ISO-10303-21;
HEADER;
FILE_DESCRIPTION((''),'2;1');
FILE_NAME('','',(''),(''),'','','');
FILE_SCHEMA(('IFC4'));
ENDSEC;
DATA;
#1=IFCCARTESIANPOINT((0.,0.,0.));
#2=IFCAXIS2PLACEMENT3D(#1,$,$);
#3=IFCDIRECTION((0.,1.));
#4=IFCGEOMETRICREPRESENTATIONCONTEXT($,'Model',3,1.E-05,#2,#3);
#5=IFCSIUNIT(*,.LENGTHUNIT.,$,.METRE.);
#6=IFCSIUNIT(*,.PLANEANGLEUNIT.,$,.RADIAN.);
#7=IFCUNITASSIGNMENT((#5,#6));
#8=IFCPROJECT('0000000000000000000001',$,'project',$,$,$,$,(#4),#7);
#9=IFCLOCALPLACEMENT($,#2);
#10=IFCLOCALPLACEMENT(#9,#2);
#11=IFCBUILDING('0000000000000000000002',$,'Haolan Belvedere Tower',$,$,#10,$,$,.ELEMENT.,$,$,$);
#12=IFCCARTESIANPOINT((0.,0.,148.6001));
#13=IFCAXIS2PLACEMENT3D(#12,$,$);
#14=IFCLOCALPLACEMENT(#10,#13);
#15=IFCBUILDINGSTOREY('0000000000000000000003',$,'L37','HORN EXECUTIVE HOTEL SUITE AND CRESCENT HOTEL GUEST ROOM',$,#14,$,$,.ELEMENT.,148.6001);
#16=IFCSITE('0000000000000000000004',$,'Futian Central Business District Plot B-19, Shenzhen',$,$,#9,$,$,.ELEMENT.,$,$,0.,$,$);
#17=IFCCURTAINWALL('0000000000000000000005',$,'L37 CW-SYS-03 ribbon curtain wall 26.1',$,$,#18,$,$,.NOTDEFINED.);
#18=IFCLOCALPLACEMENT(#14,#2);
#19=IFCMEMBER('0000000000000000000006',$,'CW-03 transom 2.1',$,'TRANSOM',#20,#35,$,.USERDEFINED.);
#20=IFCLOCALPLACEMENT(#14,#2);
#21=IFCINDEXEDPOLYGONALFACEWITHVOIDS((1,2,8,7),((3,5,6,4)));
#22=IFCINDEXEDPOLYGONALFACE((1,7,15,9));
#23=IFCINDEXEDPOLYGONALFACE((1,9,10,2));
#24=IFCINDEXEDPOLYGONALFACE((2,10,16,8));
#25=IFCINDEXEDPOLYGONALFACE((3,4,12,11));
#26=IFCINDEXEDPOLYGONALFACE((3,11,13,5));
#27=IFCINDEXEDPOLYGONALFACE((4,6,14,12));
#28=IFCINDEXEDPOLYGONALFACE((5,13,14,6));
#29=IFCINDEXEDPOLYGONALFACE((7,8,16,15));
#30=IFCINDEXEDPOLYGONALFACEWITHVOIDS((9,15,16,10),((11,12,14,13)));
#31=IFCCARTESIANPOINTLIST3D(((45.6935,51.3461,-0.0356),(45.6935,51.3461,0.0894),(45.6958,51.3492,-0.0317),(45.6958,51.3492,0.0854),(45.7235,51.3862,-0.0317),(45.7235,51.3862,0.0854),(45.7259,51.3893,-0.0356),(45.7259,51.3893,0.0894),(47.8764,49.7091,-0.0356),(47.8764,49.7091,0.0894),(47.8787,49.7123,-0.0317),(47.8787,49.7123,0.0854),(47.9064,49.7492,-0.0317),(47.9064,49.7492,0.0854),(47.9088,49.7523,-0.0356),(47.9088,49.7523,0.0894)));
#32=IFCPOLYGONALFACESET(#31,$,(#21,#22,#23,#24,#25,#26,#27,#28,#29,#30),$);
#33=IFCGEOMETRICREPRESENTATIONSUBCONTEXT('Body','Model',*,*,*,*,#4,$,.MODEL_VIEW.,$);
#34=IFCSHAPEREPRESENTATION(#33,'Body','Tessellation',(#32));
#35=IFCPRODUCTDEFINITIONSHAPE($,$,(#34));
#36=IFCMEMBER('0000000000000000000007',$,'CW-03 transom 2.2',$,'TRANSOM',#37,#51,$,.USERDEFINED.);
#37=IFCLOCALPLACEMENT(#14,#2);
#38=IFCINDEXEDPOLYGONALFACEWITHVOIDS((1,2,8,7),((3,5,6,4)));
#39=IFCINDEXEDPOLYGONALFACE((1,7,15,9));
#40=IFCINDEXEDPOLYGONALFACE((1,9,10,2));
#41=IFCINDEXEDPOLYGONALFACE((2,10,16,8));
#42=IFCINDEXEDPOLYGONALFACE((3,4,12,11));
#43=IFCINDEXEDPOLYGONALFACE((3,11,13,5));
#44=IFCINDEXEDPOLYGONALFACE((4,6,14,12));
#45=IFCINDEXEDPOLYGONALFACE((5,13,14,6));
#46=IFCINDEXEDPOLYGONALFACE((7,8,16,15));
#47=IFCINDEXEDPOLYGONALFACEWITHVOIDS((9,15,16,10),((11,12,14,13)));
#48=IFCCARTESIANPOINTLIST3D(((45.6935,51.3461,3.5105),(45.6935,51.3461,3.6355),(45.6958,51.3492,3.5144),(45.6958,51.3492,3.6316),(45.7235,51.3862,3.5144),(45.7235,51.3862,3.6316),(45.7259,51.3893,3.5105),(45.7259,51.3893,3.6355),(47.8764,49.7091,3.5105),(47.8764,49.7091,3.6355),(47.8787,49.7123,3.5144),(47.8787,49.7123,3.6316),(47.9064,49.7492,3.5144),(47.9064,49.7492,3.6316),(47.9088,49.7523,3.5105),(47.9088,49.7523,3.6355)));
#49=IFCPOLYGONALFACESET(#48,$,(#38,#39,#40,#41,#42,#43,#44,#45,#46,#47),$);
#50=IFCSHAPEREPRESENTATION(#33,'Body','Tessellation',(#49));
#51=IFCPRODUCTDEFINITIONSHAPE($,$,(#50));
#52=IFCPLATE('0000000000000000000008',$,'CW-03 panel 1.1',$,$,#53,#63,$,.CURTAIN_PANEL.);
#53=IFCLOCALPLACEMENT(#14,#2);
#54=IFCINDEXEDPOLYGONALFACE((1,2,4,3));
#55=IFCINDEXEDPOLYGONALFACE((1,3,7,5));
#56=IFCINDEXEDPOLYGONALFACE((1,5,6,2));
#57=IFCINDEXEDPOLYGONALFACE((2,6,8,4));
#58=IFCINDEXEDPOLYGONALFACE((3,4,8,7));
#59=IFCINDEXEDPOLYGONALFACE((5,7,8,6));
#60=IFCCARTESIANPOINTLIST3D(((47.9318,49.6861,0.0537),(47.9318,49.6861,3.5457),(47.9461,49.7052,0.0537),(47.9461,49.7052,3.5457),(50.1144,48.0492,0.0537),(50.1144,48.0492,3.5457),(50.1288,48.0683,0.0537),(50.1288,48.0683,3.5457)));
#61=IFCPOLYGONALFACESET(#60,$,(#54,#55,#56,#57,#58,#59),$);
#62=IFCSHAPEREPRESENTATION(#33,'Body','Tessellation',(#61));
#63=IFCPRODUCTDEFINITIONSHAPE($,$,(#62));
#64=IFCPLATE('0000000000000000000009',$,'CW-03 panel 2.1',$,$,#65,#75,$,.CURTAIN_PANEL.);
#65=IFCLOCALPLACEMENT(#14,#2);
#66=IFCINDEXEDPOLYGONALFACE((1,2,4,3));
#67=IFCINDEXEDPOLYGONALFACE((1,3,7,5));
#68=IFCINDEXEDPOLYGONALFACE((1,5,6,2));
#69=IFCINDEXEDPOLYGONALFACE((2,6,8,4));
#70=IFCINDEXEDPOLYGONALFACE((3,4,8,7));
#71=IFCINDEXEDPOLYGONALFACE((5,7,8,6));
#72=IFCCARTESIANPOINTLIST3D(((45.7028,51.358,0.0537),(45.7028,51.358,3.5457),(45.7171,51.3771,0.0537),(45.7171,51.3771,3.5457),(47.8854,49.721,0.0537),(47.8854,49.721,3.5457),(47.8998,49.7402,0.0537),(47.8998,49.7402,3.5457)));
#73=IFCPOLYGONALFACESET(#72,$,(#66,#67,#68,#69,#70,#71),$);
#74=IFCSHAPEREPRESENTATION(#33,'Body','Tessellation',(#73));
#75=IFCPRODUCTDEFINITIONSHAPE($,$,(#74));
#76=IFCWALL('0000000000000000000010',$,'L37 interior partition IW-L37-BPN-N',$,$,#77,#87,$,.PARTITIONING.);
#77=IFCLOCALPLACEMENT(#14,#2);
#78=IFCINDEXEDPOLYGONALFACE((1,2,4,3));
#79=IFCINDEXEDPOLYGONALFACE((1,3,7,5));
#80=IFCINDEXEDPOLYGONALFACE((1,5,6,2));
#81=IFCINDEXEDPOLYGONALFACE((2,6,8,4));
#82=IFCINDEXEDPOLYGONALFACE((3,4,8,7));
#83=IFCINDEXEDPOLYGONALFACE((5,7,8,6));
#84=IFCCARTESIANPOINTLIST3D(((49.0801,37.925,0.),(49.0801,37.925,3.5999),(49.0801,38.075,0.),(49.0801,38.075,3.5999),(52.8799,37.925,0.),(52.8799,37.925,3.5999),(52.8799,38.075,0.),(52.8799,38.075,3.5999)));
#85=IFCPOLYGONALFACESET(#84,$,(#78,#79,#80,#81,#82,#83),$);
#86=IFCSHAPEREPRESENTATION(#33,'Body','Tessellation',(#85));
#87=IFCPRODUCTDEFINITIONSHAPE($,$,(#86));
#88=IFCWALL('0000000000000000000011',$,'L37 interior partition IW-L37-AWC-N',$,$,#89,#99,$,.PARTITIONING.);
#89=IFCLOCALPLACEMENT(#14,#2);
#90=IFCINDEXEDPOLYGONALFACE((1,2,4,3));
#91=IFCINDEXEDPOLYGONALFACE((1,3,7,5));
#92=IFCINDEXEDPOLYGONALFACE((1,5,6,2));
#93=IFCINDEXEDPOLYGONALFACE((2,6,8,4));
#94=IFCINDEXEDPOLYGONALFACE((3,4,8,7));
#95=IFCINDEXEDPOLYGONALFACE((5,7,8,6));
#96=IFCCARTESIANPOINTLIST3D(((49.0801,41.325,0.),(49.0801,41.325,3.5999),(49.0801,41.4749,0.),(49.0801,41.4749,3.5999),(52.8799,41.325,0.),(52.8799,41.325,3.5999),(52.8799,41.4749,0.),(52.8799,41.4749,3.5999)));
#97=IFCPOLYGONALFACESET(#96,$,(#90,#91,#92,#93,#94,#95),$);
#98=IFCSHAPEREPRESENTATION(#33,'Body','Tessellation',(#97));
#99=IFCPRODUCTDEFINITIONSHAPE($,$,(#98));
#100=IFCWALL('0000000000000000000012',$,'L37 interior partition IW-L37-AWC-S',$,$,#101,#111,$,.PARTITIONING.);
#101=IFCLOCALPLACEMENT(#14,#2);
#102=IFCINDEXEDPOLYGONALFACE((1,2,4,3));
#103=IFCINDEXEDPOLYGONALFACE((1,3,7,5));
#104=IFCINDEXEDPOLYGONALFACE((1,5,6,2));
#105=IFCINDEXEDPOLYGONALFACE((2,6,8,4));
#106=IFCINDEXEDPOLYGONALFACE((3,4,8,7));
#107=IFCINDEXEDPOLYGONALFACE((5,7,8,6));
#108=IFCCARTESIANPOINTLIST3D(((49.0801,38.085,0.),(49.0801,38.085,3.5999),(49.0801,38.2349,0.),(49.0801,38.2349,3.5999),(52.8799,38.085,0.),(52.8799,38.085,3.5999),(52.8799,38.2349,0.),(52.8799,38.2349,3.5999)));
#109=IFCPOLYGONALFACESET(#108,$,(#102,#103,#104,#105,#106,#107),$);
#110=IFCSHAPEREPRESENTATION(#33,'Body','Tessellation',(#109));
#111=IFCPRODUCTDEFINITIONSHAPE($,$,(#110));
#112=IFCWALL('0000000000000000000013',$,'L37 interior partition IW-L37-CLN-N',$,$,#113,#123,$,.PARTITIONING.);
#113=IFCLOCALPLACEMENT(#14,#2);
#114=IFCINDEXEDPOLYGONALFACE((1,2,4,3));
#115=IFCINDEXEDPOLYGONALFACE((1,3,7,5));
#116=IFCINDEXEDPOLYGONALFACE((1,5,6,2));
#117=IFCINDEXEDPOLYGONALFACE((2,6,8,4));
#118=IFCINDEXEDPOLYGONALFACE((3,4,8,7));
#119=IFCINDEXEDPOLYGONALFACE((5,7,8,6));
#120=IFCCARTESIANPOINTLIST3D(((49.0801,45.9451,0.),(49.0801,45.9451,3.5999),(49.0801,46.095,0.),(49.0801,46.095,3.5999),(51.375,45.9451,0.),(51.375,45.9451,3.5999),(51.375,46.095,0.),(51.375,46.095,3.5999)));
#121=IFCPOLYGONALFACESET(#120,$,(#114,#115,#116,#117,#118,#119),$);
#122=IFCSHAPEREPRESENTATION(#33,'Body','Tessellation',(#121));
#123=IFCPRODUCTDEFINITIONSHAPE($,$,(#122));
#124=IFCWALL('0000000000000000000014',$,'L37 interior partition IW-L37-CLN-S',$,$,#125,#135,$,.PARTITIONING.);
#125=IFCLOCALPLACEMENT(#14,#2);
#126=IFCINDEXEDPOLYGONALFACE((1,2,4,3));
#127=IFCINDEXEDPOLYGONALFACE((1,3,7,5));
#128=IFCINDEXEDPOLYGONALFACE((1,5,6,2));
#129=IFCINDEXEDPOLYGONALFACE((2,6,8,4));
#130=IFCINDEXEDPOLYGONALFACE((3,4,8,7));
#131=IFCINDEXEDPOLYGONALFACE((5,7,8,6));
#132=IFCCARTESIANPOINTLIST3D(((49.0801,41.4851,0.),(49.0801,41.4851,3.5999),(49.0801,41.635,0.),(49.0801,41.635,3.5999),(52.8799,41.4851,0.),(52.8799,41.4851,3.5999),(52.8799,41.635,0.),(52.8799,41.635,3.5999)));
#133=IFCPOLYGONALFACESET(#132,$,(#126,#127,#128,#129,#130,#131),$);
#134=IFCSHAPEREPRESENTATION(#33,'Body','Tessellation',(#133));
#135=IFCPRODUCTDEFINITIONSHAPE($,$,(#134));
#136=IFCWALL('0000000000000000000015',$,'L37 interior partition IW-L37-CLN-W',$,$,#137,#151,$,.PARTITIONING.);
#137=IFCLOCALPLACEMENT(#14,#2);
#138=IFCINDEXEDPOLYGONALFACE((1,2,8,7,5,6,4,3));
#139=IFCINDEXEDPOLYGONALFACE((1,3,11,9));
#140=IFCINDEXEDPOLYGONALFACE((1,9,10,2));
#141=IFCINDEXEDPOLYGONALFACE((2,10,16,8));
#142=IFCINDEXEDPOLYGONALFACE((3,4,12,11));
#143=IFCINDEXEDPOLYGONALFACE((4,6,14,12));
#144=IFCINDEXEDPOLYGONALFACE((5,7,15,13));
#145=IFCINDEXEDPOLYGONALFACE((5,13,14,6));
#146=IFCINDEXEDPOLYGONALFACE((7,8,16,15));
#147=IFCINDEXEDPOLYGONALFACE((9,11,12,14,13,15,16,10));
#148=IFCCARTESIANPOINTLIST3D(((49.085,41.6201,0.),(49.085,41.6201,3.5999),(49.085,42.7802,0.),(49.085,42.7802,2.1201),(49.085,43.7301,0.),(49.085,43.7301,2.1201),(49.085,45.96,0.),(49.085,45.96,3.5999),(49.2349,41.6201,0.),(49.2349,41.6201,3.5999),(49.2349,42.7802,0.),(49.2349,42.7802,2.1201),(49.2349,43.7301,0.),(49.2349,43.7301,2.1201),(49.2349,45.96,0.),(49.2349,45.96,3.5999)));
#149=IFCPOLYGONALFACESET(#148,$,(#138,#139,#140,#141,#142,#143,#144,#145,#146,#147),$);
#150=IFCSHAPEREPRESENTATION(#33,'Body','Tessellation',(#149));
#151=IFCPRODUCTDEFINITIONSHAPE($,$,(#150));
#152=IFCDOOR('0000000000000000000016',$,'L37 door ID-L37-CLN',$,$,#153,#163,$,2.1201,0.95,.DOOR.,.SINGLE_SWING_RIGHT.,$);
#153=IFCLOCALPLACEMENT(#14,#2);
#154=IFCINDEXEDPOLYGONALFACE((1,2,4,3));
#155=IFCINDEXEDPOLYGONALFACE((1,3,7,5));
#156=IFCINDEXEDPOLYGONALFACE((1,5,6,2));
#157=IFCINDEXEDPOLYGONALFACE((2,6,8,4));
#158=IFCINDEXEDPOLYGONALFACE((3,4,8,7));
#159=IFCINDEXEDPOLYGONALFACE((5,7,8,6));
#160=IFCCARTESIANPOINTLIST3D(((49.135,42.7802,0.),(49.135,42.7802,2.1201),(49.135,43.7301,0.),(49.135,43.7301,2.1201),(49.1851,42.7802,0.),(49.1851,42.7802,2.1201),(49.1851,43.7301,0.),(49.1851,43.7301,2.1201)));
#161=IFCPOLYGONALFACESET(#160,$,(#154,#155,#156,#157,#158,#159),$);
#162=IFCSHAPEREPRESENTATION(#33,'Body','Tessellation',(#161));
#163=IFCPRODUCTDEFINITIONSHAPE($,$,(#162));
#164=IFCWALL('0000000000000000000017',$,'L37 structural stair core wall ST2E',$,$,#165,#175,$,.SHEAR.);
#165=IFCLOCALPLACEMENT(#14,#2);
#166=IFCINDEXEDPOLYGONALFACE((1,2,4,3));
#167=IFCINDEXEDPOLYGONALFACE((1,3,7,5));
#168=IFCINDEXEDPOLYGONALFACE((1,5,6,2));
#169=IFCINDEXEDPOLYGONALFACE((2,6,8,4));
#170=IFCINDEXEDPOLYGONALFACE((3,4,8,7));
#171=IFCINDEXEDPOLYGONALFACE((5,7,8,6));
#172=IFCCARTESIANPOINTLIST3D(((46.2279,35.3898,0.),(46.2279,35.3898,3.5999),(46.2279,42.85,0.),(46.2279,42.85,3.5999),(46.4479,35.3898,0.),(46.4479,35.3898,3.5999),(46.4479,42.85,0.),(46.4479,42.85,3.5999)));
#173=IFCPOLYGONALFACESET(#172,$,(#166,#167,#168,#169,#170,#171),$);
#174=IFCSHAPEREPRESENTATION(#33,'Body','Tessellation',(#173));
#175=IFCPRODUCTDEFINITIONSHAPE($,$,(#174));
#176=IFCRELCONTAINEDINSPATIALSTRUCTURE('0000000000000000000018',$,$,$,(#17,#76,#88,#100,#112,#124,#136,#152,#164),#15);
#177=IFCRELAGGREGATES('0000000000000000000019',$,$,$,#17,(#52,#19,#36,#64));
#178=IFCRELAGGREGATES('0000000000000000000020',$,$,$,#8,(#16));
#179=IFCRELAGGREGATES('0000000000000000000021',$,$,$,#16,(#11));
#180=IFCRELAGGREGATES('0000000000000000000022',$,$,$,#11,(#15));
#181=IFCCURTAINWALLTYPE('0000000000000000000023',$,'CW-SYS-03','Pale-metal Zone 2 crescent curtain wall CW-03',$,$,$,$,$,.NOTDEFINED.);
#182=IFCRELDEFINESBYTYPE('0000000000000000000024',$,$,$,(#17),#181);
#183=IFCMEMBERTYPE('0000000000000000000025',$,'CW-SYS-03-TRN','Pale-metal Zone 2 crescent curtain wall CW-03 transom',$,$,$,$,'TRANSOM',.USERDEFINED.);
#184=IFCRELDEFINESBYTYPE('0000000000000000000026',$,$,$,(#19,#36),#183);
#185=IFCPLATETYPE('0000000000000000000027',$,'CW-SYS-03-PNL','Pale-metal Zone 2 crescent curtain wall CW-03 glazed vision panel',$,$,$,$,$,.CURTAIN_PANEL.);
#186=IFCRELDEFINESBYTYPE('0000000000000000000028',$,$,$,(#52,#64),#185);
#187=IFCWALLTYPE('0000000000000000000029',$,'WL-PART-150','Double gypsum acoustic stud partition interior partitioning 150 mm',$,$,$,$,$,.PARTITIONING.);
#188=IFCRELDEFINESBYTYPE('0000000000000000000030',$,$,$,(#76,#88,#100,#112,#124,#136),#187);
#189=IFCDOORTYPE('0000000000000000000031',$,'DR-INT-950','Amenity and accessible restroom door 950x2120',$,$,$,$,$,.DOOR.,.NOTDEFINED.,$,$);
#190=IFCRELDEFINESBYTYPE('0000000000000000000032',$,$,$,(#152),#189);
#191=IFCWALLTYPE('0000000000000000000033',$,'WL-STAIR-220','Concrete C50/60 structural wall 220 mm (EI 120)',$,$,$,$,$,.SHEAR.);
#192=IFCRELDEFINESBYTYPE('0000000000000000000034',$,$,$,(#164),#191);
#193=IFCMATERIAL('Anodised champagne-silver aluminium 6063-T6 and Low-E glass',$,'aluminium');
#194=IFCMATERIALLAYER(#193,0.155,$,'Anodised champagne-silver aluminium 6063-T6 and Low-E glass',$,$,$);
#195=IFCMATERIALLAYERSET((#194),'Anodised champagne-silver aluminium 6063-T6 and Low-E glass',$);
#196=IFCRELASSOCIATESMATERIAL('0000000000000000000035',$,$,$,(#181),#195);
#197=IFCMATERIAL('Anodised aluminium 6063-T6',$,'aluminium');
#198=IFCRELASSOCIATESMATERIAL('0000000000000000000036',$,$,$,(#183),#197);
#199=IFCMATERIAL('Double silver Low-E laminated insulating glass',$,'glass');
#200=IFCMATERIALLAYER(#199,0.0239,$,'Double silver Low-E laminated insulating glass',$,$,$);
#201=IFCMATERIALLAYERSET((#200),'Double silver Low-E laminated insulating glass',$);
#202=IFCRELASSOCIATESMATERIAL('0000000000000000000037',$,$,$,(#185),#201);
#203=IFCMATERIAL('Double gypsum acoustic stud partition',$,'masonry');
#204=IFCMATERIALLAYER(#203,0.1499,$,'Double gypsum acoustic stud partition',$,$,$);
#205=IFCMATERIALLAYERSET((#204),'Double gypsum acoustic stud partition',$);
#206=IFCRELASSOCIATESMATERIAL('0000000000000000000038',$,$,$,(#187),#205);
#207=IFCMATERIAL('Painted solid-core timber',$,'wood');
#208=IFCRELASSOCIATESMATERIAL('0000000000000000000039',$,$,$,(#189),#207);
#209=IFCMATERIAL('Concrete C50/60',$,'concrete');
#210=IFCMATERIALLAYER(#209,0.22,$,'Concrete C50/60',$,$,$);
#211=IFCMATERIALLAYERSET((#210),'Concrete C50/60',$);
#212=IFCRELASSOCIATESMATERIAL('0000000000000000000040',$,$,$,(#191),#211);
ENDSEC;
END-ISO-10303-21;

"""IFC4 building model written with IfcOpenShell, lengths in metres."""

from ifc_helpers import new_model, si_unit, direction, frame, frame_2d, origin, origin_2d, place, context, subcontext, project, spatial, rectangle, hollow_rectangle, extrude, material, layer, layer_set, material_profile, profile_set, type_object, element, fill, aggregate, save


model = new_model("IFC4")

# Units and contexts
model_context = context("Model", 3, precision=1e-05, world=origin(), true_north=direction((0.0, 1.0)))
body_context = subcontext(model_context, "Body", "Model", "MODEL_VIEW")
ifc_project = project(units=[si_unit("LENGTHUNIT", "METRE"), si_unit("PLANEANGLEUNIT", "RADIAN")], contexts=[model_context])

# Site, building, storey
site_placement = place(None, origin())
site = spatial("IfcSite", under=ifc_project, at=site_placement, Name="Futian Central Business District Plot B-19, Shenzhen", CompositionType="ELEMENT", RefElevation=0.0)
building_placement = place(site_placement, origin())
building = spatial("IfcBuilding", under=site, at=building_placement, Name="Haolan Belvedere Tower", CompositionType="ELEMENT")
storey_placement = place(building_placement, frame((0.0, 0.0, 148.6001)))
storey = spatial("IfcBuildingStorey", under=building, at=storey_placement, Name="L37", Description="HORN EXECUTIVE HOTEL SUITE AND CRESCENT HOTEL GUEST ROOM", CompositionType="ELEMENT", Elevation=148.6001)

# Curtain wall, members, plates
ifc_material_1 = material(Name="Anodised champagne-silver aluminium 6063-T6 and Low-E glass", Category="aluminium")
ifc_layer_1 = layer(ifc_material_1, 0.155, Name="Anodised champagne-silver aluminium 6063-T6 and Low-E glass")
ifc_layer_set_1 = layer_set([ifc_layer_1], Name="Anodised champagne-silver aluminium 6063-T6 and Low-E glass")
curtain_wall_type = type_object("IfcCurtainWallType", Name="CW-SYS-03", Description="Pale-metal Zone 2 crescent curtain wall CW-03", PredefinedType="NOTDEFINED", material=ifc_layer_set_1)
curtain_wall_placement = place(storey_placement, origin())
curtain_wall = element("IfcCurtainWall", 1, at=curtain_wall_placement, inside=storey, type_object=curtain_wall_type, Name="L37 CW-SYS-03 ribbon curtain wall 26.1", PredefinedType="NOTDEFINED")
ifc_material_2 = material(Name="Anodised aluminium 6063-T6", Category="aluminium")
ifc_material_profile_1 = material_profile(ifc_material_2, hollow_rectangle(XDim=0.054, YDim=0.125, WallThickness=0.0039, at=origin_2d()), Name="Anodised aluminium 6063-T6")
ifc_profile_set_1 = profile_set([ifc_material_profile_1], Name="Anodised aluminium 6063-T6")
member_type_1 = type_object("IfcMemberType", Name="CW-SYS-03-TRN", Description="Pale-metal Zone 2 crescent curtain wall CW-03 transom", ElementType="TRANSOM", PredefinedType="USERDEFINED", material=ifc_profile_set_1)
member_1_placement = place(storey_placement, frame((47.8926, 49.7307, 0.0269), z_axis=(-0.800032, 0.599957, 0.0), x_axis=(-0.599957, -0.800032, 0.0)))
member_1 = element("IfcMember", 2, at=member_1_placement, type_object=member_type_1, Name="CW-03 transom 2.1", ObjectType="TRANSOM", PredefinedType="USERDEFINED", context=body_context, shape_type="SweptSolid", body=[
    extrude(hollow_rectangle(XDim=0.054, YDim=0.125, WallThickness=0.0039, at=origin_2d()), origin(), (0.0, 0.0, 1.0), 2.7285),
])
member_2_placement = place(storey_placement, frame((47.8926, 49.7307, 3.573), z_axis=(-0.800032, 0.599957, 0.0), x_axis=(-0.599957, -0.800032, 0.0)))
member_2 = element("IfcMember", 3, at=member_2_placement, type_object=member_type_1, Name="CW-03 transom 2.2", ObjectType="TRANSOM", PredefinedType="USERDEFINED", context=body_context, shape_type="SweptSolid", body=[
    extrude(hollow_rectangle(XDim=0.054, YDim=0.125, WallThickness=0.0039, at=origin_2d()), origin(), (0.0, 0.0, 1.0), 2.7285),
])
ifc_material_3 = material(Name="Double silver Low-E laminated insulating glass", Category="glass")
ifc_layer_2 = layer(ifc_material_3, 0.0239, Name="Double silver Low-E laminated insulating glass")
ifc_layer_set_2 = layer_set([ifc_layer_2], Name="Double silver Low-E laminated insulating glass")
plate_type = type_object("IfcPlateType", Name="CW-SYS-03-PNL", Description="Pale-metal Zone 2 crescent curtain wall CW-03 glazed vision panel", PredefinedType="CURTAIN_PANEL", material=ifc_layer_set_2)
plate_1_placement = place(storey_placement, frame((49.0303, 48.8772, 0.0537), z_axis=(0.0, 0.0, 1.0), x_axis=(-0.800004, 0.599994, 0.0)))
plate_1 = element("IfcPlate", 4, at=plate_1_placement, type_object=plate_type, Name="CW-03 panel 1.1", PredefinedType="CURTAIN_PANEL", context=body_context, shape_type="SweptSolid", body=[
    extrude(rectangle(XDim=2.7283, YDim=0.0239, at=origin_2d()), origin(), (0.0, 0.0, 1.0), 3.4919),
])
plate_2_placement = place(storey_placement, frame((46.8013, 50.5491, 0.0537), z_axis=(0.0, 0.0, 1.0), x_axis=(-0.800004, 0.599994, 0.0)))
plate_2 = element("IfcPlate", 5, at=plate_2_placement, type_object=plate_type, Name="CW-03 panel 2.1", PredefinedType="CURTAIN_PANEL", context=body_context, shape_type="SweptSolid", body=[
    extrude(rectangle(XDim=2.7283, YDim=0.0239, at=origin_2d()), origin(), (0.0, 0.0, 1.0), 3.4919),
])
aggregate(curtain_wall, [plate_1, member_1, member_2, plate_2])

# Walls
ifc_material_4 = material(Name="Double gypsum acoustic stud partition", Category="masonry")
ifc_layer_3 = layer(ifc_material_4, 0.1499, Name="Double gypsum acoustic stud partition")
ifc_layer_set_3 = layer_set([ifc_layer_3], Name="Double gypsum acoustic stud partition")
wall_type_1 = type_object("IfcWallType", Name="WL-PART-150", Description="Double gypsum acoustic stud partition interior partitioning 150 mm", PredefinedType="PARTITIONING", material=ifc_layer_set_3)
for number, where, z_axis, x_axis, name in (
    (6, (49.0801, 38.0, 0.0), (0.0, 0.0, 1.0), (1.0, 0.0, 0.0), "L37 interior partition IW-L37-BPN-N"),
    (7, (49.0801, 41.3999, 0.0), (0.0, 0.0, 1.0), (1.0, 0.0, 0.0), "L37 interior partition IW-L37-AWC-N"),
    (8, (49.0801, 38.1599, 0.0), (0.0, 0.0, 1.0), (1.0, 0.0, 0.0), "L37 interior partition IW-L37-AWC-S"),
):
    element("IfcWall", number, at=place(storey_placement, frame(where, z_axis=z_axis, x_axis=x_axis)), inside=storey, type_object=wall_type_1, Name=name, PredefinedType="PARTITIONING", context=body_context, shape_type="SweptSolid", body=[
        extrude(rectangle(XDim=3.7998, YDim=0.1499, at=frame_2d((1.8999, 0.0))), origin(), (0.0, 0.0, 1.0), 3.5999),
    ])

# Shared definitions
ifc_material_5 = material(Name="Painted solid-core timber", Category="wood")
door_type = type_object("IfcDoorType", Name="DR-INT-950", Description="Amenity and accessible restroom door 950x2120", OperationType="NOTDEFINED", PredefinedType="DOOR", material=ifc_material_5)

# Walls
wall_1_placement = place(storey_placement, frame((49.0801, 46.02, 0.0), z_axis=(0.0, 0.0, 1.0), x_axis=(1.0, 0.0, 0.0)))
element("IfcWall", 9, at=wall_1_placement, inside=storey, type_object=wall_type_1, Name="L37 interior partition IW-L37-CLN-N", PredefinedType="PARTITIONING", context=body_context, shape_type="SweptSolid", body=[
    extrude(rectangle(XDim=2.2949, YDim=0.1499, at=frame_2d((1.1475, 0.0))), origin(), (0.0, 0.0, 1.0), 3.5999),
])
wall_2_placement = place(storey_placement, frame((49.0801, 41.5601, 0.0), z_axis=(0.0, 0.0, 1.0), x_axis=(1.0, 0.0, 0.0)))
element("IfcWall", 10, at=wall_2_placement, inside=storey, type_object=wall_type_1, Name="L37 interior partition IW-L37-CLN-S", PredefinedType="PARTITIONING", context=body_context, shape_type="SweptSolid", body=[
    extrude(rectangle(XDim=3.7998, YDim=0.1499, at=frame_2d((1.8999, 0.0))), origin(), (0.0, 0.0, 1.0), 3.5999),
])

# Wall, opening, door
wall_3_placement = place(storey_placement, frame((49.1599, 41.6201, 0.0), z_axis=(0.0, 0.0, 1.0), x_axis=(0.0, 1.0, 0.0)))
wall_3 = element("IfcWall", 11, at=wall_3_placement, inside=storey, type_object=wall_type_1, Name="L37 interior partition IW-L37-CLN-W", PredefinedType="PARTITIONING", context=body_context, shape_type="SweptSolid", body=[
    extrude(rectangle(XDim=4.3398, YDim=0.1499, at=frame_2d((2.1699, 0.0))), origin(), (0.0, 0.0, 1.0), 3.5999),
])
opening_1_placement = place(wall_3_placement, frame((1.1599, 0.0, 0.0)))
opening_1 = element("IfcOpeningElement", 12, at=opening_1_placement, cuts=wall_3, PredefinedType="OPENING", context=body_context, shape_type="SweptSolid", body=[
    extrude(rectangle(XDim=0.95, YDim=2.1201, at=frame_2d((0.4751, 1.0601))), frame((0.0, 0.085, 0.0), z_axis=(0.0, -1.0, 0.0), x_axis=(1.0, 0.0, 0.0)), (0.0, 0.0, 1.0), 0.1699),
])
door_1_placement = place(opening_1_placement, origin())
door_1 = element("IfcDoor", 13, at=door_1_placement, inside=storey, type_object=door_type, Name="L37 door ID-L37-CLN", OperationType="SINGLE_SWING_RIGHT", OverallHeight=2.1201, OverallWidth=0.95, PredefinedType="DOOR", context=body_context, shape_type="SweptSolid", body=[
    extrude(rectangle(XDim=0.95, YDim=2.1201, at=frame_2d((0.4751, 1.0601))), frame((0.0, 0.0249, 0.0), z_axis=(0.0, -1.0, 0.0), x_axis=(1.0, 0.0, 0.0)), (0.0, 0.0, 1.0), 0.05),
])
fill(opening_1, door_1)

# Wall
ifc_material_6 = material(Name="Concrete C50/60", Category="concrete")
ifc_layer_4 = layer(ifc_material_6, 0.22, Name="Concrete C50/60")
ifc_layer_set_4 = layer_set([ifc_layer_4], Name="Concrete C50/60")
wall_type_2 = type_object("IfcWallType", Name="WL-STAIR-220", Description="Concrete C50/60 structural wall 220 mm (EI 120)", PredefinedType="SHEAR", material=ifc_layer_set_4)
wall_4_placement = place(storey_placement, frame((46.3379, 35.3899, 0.0), z_axis=(0.0, 0.0, 1.0), x_axis=(0.0, 1.0, 0.0)))
element("IfcWall", 14, at=wall_4_placement, inside=storey, type_object=wall_type_2, Name="L37 structural stair core wall ST2E", PredefinedType="SHEAR", context=body_context, shape_type="SweptSolid", body=[
    extrude(rectangle(XDim=7.4602, YDim=0.22, at=frame_2d((3.73, 0.0))), origin(), (0.0, 0.0, 1.0), 3.5999),
])

save(model, "model.ifc")
